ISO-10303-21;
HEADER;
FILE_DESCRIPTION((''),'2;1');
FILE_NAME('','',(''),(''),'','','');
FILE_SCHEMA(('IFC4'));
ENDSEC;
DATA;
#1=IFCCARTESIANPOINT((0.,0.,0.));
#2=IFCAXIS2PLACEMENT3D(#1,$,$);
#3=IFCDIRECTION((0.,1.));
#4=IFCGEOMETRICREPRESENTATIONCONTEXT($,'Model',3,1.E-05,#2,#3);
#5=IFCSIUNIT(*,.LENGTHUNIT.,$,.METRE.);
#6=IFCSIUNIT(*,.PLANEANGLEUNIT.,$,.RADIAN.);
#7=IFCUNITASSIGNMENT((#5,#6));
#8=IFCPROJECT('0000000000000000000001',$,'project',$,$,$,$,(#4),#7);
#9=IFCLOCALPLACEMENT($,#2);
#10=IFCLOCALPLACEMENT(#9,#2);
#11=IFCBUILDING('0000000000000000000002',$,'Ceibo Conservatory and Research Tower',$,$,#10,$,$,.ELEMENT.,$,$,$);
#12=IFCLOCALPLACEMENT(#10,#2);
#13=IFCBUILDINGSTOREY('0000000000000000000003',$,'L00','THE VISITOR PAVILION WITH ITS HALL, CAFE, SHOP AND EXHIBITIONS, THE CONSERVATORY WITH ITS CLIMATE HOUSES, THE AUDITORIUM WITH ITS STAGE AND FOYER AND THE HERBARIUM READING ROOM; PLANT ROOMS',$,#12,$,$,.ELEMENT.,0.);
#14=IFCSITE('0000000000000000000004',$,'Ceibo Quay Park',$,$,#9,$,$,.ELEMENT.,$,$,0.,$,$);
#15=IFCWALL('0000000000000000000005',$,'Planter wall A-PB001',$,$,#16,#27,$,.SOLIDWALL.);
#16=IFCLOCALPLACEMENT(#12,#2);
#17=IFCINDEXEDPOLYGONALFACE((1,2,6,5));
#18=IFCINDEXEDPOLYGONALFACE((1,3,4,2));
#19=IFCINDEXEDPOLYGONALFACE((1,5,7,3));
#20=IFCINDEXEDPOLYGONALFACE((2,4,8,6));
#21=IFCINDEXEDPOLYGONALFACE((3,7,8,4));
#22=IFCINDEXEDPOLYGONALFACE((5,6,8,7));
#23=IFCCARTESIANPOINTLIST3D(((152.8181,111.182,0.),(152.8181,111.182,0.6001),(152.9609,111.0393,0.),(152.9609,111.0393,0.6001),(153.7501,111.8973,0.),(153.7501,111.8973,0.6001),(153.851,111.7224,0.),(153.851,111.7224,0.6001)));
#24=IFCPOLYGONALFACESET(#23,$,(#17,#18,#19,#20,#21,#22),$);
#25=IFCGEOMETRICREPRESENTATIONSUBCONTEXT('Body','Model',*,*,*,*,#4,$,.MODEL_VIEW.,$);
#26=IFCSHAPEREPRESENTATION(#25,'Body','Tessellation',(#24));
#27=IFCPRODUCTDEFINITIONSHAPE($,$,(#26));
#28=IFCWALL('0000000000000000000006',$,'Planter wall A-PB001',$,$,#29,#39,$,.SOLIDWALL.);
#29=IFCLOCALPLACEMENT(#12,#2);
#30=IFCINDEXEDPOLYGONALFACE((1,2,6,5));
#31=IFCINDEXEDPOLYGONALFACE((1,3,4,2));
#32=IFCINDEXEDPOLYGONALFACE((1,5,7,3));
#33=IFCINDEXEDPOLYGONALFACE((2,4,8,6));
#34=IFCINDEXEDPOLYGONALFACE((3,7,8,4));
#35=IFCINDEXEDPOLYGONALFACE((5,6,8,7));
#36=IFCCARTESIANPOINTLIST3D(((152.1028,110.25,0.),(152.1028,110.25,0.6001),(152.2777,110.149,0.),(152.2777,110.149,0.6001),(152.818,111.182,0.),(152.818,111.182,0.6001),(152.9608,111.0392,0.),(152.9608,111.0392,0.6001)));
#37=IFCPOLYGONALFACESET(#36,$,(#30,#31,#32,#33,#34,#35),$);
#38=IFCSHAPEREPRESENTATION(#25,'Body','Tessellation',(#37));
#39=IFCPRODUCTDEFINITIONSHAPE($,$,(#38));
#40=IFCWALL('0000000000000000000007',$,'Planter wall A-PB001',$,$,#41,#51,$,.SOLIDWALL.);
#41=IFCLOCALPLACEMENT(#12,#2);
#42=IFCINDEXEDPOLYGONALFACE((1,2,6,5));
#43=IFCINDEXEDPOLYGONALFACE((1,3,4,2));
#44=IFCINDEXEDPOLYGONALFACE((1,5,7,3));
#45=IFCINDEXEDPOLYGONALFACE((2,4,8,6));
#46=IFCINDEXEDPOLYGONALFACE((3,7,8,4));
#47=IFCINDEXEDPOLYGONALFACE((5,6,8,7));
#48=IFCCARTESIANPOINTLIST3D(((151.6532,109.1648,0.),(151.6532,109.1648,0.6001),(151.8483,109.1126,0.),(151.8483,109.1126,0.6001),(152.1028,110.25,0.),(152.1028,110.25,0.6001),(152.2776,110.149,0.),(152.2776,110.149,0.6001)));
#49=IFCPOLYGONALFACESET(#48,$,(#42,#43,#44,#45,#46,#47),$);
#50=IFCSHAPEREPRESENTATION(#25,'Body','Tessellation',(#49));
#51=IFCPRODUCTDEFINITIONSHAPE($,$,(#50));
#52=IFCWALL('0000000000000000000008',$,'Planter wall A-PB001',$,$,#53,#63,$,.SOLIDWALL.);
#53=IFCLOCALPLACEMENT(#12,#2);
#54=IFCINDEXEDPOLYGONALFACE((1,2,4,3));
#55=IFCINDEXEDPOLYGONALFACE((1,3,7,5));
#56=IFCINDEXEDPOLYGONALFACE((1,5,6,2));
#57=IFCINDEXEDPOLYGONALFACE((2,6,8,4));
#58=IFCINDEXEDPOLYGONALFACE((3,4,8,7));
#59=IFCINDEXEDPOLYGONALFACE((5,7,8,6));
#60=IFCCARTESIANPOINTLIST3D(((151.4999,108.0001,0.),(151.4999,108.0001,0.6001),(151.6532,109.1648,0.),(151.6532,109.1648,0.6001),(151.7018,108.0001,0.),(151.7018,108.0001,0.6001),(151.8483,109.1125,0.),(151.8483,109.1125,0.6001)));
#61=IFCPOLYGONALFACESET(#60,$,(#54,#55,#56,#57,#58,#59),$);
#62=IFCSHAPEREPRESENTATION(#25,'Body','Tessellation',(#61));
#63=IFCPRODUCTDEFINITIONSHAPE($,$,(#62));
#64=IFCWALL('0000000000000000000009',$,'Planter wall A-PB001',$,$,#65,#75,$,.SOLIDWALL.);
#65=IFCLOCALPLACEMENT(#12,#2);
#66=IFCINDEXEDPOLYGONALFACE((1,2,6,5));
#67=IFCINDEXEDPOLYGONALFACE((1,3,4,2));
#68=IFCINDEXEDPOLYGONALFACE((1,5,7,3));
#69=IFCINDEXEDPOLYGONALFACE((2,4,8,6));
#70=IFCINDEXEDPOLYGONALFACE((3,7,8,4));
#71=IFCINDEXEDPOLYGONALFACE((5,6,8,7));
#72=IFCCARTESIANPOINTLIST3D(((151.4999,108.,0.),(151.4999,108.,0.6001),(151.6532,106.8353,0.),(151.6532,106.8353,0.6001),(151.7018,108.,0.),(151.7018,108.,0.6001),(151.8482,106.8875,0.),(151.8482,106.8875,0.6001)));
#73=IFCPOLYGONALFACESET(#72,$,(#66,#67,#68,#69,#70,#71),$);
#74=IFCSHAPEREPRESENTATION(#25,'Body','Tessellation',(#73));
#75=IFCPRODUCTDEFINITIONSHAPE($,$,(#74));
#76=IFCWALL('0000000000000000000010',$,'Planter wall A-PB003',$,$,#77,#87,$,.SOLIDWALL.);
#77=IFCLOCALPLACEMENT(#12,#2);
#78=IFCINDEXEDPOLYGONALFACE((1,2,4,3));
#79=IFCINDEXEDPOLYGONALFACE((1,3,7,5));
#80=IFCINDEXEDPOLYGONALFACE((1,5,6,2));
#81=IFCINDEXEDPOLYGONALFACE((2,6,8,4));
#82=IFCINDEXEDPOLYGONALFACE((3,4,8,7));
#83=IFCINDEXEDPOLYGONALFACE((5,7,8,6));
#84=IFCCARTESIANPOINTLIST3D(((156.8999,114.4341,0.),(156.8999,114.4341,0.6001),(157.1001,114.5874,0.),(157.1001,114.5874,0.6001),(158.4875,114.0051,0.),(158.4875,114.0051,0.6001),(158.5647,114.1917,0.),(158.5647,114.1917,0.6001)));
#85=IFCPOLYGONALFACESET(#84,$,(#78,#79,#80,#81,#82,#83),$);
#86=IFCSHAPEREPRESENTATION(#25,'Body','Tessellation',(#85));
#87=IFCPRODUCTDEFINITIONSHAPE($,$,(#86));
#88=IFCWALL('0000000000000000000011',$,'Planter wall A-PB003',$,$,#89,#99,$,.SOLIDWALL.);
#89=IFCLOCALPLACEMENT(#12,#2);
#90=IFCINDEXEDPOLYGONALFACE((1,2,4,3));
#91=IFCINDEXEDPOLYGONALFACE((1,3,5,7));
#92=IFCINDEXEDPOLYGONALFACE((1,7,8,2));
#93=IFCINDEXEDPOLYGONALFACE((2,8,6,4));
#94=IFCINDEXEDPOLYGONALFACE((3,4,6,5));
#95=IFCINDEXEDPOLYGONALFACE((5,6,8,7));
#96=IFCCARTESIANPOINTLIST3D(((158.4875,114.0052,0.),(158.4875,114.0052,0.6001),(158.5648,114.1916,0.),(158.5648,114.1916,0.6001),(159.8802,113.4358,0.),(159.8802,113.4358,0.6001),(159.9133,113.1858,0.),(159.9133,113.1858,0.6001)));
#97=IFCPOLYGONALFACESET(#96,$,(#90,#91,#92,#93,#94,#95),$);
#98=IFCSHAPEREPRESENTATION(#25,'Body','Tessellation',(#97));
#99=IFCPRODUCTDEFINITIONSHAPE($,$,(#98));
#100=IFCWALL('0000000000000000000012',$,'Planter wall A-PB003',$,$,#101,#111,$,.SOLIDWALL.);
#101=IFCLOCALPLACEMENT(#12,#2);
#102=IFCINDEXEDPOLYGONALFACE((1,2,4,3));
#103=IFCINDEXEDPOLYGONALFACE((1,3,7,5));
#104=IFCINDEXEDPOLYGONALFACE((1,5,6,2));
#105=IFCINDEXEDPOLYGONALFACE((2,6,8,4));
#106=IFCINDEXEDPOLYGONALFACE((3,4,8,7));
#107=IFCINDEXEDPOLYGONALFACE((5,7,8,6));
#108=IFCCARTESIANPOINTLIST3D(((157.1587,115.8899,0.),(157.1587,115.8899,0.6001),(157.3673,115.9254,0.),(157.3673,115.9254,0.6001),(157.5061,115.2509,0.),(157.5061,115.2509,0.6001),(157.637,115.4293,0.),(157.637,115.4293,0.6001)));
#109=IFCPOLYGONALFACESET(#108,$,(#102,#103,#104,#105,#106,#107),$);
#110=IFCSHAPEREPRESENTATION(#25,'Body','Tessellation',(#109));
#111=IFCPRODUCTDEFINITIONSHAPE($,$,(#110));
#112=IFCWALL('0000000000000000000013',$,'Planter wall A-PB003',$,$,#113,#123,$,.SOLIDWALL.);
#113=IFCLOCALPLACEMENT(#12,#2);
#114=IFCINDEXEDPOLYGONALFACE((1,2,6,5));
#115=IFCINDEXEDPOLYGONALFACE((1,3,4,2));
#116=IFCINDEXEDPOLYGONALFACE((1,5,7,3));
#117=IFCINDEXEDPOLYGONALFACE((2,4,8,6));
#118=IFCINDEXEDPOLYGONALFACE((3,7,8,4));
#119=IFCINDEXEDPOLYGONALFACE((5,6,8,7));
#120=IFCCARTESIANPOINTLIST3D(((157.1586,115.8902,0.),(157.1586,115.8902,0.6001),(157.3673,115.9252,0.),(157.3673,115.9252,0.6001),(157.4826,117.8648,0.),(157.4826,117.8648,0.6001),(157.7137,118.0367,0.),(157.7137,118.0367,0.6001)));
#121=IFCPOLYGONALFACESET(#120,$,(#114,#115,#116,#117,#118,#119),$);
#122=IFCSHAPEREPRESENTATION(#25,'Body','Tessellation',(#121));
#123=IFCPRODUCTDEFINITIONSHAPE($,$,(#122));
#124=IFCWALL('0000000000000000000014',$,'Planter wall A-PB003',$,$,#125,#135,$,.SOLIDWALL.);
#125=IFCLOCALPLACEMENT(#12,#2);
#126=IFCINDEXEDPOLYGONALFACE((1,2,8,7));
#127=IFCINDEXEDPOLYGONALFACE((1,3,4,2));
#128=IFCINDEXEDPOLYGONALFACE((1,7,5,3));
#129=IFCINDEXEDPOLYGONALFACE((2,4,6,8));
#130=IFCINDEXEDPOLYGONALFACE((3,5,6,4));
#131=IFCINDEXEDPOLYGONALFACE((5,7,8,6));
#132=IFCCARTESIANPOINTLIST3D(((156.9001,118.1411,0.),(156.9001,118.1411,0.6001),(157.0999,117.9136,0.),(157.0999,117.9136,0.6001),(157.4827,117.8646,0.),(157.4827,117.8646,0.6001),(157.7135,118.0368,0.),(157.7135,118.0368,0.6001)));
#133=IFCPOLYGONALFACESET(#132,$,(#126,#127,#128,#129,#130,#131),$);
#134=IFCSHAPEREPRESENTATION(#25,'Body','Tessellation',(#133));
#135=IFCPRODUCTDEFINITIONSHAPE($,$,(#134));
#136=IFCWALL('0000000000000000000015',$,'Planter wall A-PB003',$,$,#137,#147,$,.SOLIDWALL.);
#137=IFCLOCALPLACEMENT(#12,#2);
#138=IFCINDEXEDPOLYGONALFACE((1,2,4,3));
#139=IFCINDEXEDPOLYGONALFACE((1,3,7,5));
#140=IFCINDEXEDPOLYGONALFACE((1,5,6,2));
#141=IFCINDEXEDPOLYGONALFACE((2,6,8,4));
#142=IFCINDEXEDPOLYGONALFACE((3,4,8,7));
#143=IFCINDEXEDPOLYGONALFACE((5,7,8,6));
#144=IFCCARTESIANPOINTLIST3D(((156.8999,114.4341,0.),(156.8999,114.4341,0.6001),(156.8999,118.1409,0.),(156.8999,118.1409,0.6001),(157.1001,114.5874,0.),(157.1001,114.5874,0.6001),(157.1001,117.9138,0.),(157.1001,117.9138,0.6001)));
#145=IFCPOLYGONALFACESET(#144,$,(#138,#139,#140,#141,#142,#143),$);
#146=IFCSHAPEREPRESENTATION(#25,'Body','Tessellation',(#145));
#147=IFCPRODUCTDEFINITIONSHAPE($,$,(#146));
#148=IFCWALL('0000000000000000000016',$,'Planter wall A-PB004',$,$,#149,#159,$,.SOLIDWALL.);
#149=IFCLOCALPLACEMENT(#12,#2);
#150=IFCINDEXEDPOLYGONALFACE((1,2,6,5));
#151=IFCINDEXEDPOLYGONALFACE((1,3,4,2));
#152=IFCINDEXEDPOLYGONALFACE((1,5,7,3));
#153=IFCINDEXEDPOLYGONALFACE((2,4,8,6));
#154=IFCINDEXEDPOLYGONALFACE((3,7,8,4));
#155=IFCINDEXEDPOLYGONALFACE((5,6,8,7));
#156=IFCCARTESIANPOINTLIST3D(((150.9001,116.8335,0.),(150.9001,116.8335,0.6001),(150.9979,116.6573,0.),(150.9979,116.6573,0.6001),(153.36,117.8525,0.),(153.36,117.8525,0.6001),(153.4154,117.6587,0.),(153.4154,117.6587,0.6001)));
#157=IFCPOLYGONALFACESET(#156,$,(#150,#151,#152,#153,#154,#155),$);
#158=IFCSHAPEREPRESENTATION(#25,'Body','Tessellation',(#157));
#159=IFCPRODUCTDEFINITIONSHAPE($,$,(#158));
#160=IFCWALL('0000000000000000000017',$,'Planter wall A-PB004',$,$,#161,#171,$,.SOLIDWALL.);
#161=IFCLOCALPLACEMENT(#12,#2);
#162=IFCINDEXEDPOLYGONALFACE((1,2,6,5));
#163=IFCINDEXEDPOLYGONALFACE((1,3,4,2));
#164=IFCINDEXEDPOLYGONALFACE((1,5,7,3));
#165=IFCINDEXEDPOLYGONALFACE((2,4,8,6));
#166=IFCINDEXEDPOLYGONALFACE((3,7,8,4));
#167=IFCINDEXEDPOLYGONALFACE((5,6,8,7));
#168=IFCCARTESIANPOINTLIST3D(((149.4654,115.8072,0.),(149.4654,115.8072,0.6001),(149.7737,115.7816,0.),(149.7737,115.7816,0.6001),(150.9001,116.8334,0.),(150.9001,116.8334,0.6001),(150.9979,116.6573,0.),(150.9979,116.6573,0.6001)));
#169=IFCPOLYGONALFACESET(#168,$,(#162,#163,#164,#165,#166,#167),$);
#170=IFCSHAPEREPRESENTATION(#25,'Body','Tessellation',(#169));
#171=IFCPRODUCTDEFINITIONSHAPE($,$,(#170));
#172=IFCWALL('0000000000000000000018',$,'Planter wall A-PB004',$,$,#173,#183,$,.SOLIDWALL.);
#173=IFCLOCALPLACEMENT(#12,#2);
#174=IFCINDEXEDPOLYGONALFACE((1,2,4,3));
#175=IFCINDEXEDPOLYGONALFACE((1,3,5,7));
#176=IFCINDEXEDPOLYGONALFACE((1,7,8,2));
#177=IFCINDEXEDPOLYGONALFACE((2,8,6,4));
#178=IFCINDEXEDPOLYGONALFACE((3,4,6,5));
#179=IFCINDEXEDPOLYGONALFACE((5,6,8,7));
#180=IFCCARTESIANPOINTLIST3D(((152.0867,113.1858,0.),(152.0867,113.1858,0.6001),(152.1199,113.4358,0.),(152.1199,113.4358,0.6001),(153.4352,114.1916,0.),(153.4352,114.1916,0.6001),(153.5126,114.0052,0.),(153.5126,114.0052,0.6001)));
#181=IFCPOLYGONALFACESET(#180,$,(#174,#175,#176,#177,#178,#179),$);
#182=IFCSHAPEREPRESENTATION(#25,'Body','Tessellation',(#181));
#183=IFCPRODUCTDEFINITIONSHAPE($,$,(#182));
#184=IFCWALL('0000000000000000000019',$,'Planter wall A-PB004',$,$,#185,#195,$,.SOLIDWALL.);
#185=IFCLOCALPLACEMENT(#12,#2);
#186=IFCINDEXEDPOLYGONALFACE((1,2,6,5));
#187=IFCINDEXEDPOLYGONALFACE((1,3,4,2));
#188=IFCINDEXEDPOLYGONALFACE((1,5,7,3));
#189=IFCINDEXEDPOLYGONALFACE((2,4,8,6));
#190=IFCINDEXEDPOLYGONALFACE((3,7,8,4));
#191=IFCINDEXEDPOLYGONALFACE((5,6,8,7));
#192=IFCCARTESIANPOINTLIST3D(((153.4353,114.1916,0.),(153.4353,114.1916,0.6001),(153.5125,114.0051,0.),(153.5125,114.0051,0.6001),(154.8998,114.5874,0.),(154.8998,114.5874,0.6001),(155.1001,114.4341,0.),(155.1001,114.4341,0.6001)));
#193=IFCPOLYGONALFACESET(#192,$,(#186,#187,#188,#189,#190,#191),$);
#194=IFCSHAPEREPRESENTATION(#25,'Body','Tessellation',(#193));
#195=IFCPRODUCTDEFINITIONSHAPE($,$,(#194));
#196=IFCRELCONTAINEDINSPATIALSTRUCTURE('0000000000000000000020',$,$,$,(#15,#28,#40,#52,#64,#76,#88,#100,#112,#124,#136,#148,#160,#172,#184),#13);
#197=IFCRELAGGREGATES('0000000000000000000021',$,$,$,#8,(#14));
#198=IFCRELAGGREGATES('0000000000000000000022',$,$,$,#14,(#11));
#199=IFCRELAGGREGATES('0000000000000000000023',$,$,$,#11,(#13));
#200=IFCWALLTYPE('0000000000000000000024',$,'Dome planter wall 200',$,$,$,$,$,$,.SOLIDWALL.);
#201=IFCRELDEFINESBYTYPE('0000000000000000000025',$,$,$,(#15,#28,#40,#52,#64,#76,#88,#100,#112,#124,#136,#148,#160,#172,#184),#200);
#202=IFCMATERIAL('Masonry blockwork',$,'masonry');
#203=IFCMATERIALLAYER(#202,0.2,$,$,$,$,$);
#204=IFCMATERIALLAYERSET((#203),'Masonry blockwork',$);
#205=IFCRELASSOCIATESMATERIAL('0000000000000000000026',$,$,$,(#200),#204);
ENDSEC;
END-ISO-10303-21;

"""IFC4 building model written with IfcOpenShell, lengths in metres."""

from ifc_helpers import new_model, si_unit, direction, frame, origin, place, context, subcontext, project, spatial, polyline, outline, extrude, material, layer, layer_set, type_object, element, save


model = new_model("IFC4")

# Units and contexts
model_context = context("Model", 3, precision=1e-05, world=origin(), true_north=direction((0.0, 1.0)))
body_context = subcontext(model_context, "Body", "Model", "MODEL_VIEW")
ifc_project = project(units=[si_unit("LENGTHUNIT", "METRE"), si_unit("PLANEANGLEUNIT", "RADIAN")], contexts=[model_context])

# Site, building, storey
site_placement = place(None, origin())
site = spatial("IfcSite", under=ifc_project, at=site_placement, Name="Ceibo Quay Park", CompositionType="ELEMENT", RefElevation=0.0)
building_placement = place(site_placement, origin())
building = spatial("IfcBuilding", under=site, at=building_placement, Name="Ceibo Conservatory and Research Tower", CompositionType="ELEMENT")
storey_placement = place(building_placement, origin())
storey = spatial("IfcBuildingStorey", under=building, at=storey_placement, Name="L00", Description="THE VISITOR PAVILION WITH ITS HALL, CAFE, SHOP AND EXHIBITIONS, THE CONSERVATORY WITH ITS CLIMATE HOUSES, THE AUDITORIUM WITH ITS STAGE AND FOYER AND THE HERBARIUM READING ROOM; PLANT ROOMS", CompositionType="ELEMENT", Elevation=0.0)

# Walls
ifc_material_1 = material(Name="Masonry blockwork", Category="masonry")
ifc_layer_1 = layer(ifc_material_1, 0.2)
ifc_layer_set_1 = layer_set([ifc_layer_1], Name="Masonry blockwork")
wall_type_1 = type_object("IfcWallType", Name="Dome planter wall 200", PredefinedType="SOLIDWALL", material=ifc_layer_set_1)
for number, where, z_axis, x_axis, name in (
    (1, (153.8005, 111.8098, 0.0), (0.0, 0.0, 1.0), (-0.793319, -0.608806, 0.0), "Planter wall A-PB001"),
    (2, (152.8894, 111.1106, 0.0), (0.0, 0.0, 1.0), (-0.608806, -0.793319, 0.0), "Planter wall A-PB001"),
):
    element("IfcWall", number, at=place(storey_placement, frame(where, z_axis=z_axis, x_axis=x_axis)), inside=storey, type_object=wall_type_1, Name=name, PredefinedType="SOLIDWALL", context=body_context, shape_type="SweptSolid", body=[
        extrude(outline(polyline([(-0.0132, -0.1001), (1.1616, -0.1001), (1.1353, 0.1001), (0.0132, 0.1001), (-0.0132, -0.1001)])), origin(), (0.0, 0.0, 1.0), 0.6001),
    ])
wall_1_placement = place(storey_placement, frame((152.1902, 110.1995, 0.0), z_axis=(0.0, 0.0, 1.0), x_axis=(-0.382727, -0.923861, 0.0)))
element("IfcWall", 3, at=wall_1_placement, inside=storey, type_object=wall_type_1, Name="Planter wall A-PB001", PredefinedType="SOLIDWALL", context=body_context, shape_type="SweptSolid", body=[
    extrude(outline(polyline([(-0.0132, -0.1001), (1.1614, -0.1001), (1.135, 0.1001), (0.0132, 0.1001), (-0.0132, -0.1001)])), origin(), (0.0, 0.0, 1.0), 0.6001),
])
for number, where, z_axis, x_axis, name in (
    (4, (151.7507, 109.1387, 0.0), (0.0, 0.0, 1.0), (-0.13052, -0.991446, 0.0), "Planter wall A-PB001"),
    (5, (151.6008, 108.0, 0.0), (0.0, 0.0, 1.0), (0.13052, -0.991446, 0.0), "Planter wall A-PB001"),
):
    element("IfcWall", number, at=place(storey_placement, frame(where, z_axis=z_axis, x_axis=x_axis)), inside=storey, type_object=wall_type_1, Name=name, PredefinedType="SOLIDWALL", context=body_context, shape_type="SweptSolid", body=[
        extrude(outline(polyline([(-0.0132, -0.1001), (1.1616, -0.1001), (1.1353, 0.1001), (0.0132, 0.1001), (-0.0132, -0.1001)])), origin(), (0.0, 0.0, 1.0), 0.6001),
    ])
wall_2_placement = place(storey_placement, frame((157.0, 114.5107, 0.0), z_axis=(0.0, 0.0, 1.0), x_axis=(0.965381, -0.260843, 0.0)))
element("IfcWall", 6, at=wall_2_placement, inside=storey, type_object=wall_type_1, Name="Planter wall A-PB003", PredefinedType="SOLIDWALL", context=body_context, shape_type="SweptSolid", body=[
    extrude(outline(polyline([(-0.0767, -0.1001), (1.5679, -0.1001), (1.5938, 0.1001), (0.0767, 0.1001), (-0.0767, -0.1001)])), origin(), (0.0, 0.0, 1.0), 0.6001),
])
wall_3_placement = place(storey_placement, frame((158.5261, 114.0984, 0.0), z_axis=(0.0, 0.0, 1.0), x_axis=(0.867043, -0.498233, 0.0)))
element("IfcWall", 7, at=wall_3_placement, inside=storey, type_object=wall_type_1, Name="Planter wall A-PB003", PredefinedType="SOLIDWALL", context=body_context, shape_type="SweptSolid", body=[
    extrude(outline(polyline([(0.0129, -0.1001), (1.6575, -0.1001), (1.5042, 0.1001), (-0.0129, 0.1001), (0.0129, -0.1001)])), origin(), (0.0, 0.0, 1.0), 0.6001),
])
wall_4_placement = place(storey_placement, frame((157.5715, 115.3401, 0.0), z_axis=(0.0, 0.0, 1.0), x_axis=(-0.477634, 0.878559, 0.0)))
element("IfcWall", 8, at=wall_4_placement, inside=storey, type_object=wall_type_1, Name="Planter wall A-PB003", PredefinedType="SOLIDWALL", context=body_context, shape_type="SweptSolid", body=[
    extrude(outline(polyline([(0.0471, -0.1001), (0.6118, -0.1001), (0.6802, 0.1001), (-0.0471, 0.1001), (0.0471, -0.1001)])), origin(), (0.0, 0.0, 1.0), 0.6001),
])
wall_5_placement = place(storey_placement, frame((157.2629, 115.9077, 0.0), z_axis=(0.0, 0.0, 1.0), x_axis=(0.161912, 0.986805, 0.0)))
element("IfcWall", 9, at=wall_5_placement, inside=storey, type_object=wall_type_1, Name="Planter wall A-PB003", PredefinedType="SOLIDWALL", context=body_context, shape_type="SweptSolid", body=[
    extrude(outline(polyline([(0.0342, -0.1001), (2.1738, -0.1001), (1.9668, 0.1001), (-0.0342, 0.1001), (0.0342, -0.1001)])), origin(), (0.0, 0.0, 1.0), 0.6001),
])
wall_6_placement = place(storey_placement, frame((157.5981, 117.9507, 0.0), z_axis=(0.0, 0.0, 1.0), x_axis=(-0.991887, 0.127123, 0.0)))
element("IfcWall", 10, at=wall_6_placement, inside=storey, type_object=wall_type_1, Name="Planter wall A-PB003", PredefinedType="SOLIDWALL", context=body_context, shape_type="SweptSolid", body=[
    extrude(outline(polyline([(-0.1035, -0.1001), (0.7166, -0.1001), (0.4895, 0.1001), (0.1035, 0.1001), (-0.1035, -0.1001)])), origin(), (0.0, 0.0, 1.0), 0.6001),
])
wall_7_placement = place(storey_placement, frame((157.0, 118.0273, 0.0), z_axis=(0.0, 0.0, 1.0), x_axis=(0.0, -1.0, 0.0)))
element("IfcWall", 11, at=wall_7_placement, inside=storey, type_object=wall_type_1, Name="Planter wall A-PB003", PredefinedType="SOLIDWALL", context=body_context, shape_type="SweptSolid", body=[
    extrude(outline(polyline([(-0.1135, -0.1001), (3.5933, -0.1001), (3.4399, 0.1001), (0.1135, 0.1001), (-0.1135, -0.1001)])), origin(), (0.0, 0.0, 1.0), 0.6001),
])
wall_8_placement = place(storey_placement, frame((153.3877, 117.7556, 0.0), z_axis=(0.0, 0.0, 1.0), x_axis=(-0.923866, -0.382717, 0.0)))
element("IfcWall", 12, at=wall_8_placement, inside=storey, type_object=wall_type_1, Name="Planter wall A-PB004", PredefinedType="SOLIDWALL", context=body_context, shape_type="SweptSolid", body=[
    extrude(outline(polyline([(-0.0115, -0.1001), (2.6511, -0.1001), (2.6282, 0.1001), (0.0115, 0.1001), (-0.0115, -0.1001)])), origin(), (0.0, 0.0, 1.0), 0.6001),
])
wall_9_placement = place(storey_placement, frame((150.949, 116.7454, 0.0), z_axis=(0.0, 0.0, 1.0), x_axis=(-0.81333, -0.581803, 0.0)))
element("IfcWall", 13, at=wall_9_placement, inside=storey, type_object=wall_type_1, Name="Planter wall A-PB004", PredefinedType="SOLIDWALL", context=body_context, shape_type="SweptSolid", body=[
    extrude(outline(polyline([(-0.0115, -0.1001), (1.7524, -0.1001), (1.5166, 0.1001), (0.0115, 0.1001), (-0.0115, -0.1001)])), origin(), (0.0, 0.0, 1.0), 0.6001),
])
wall_10_placement = place(storey_placement, frame((152.1033, 113.3108, 0.0), z_axis=(0.0, 0.0, 1.0), x_axis=(0.867043, 0.498233, 0.0)))
element("IfcWall", 14, at=wall_10_placement, inside=storey, type_object=wall_type_1, Name="Planter wall A-PB004", PredefinedType="SOLIDWALL", context=body_context, shape_type="SweptSolid", body=[
    extrude(outline(polyline([(-0.0767, -0.1001), (1.5679, -0.1001), (1.5938, 0.1001), (0.0767, 0.1001), (-0.0767, -0.1001)])), origin(), (0.0, 0.0, 1.0), 0.6001),
])
wall_11_placement = place(storey_placement, frame((153.4739, 114.0984, 0.0), z_axis=(0.0, 0.0, 1.0), x_axis=(0.965381, 0.260843, 0.0)))
element("IfcWall", 15, at=wall_11_placement, inside=storey, type_object=wall_type_1, Name="Planter wall A-PB004", PredefinedType="SOLIDWALL", context=body_context, shape_type="SweptSolid", body=[
    extrude(outline(polyline([(0.0129, -0.1001), (1.6575, -0.1001), (1.5042, 0.1001), (-0.0129, 0.1001), (0.0129, -0.1001)])), origin(), (0.0, 0.0, 1.0), 0.6001),
])

save(model, "model.ifc")
